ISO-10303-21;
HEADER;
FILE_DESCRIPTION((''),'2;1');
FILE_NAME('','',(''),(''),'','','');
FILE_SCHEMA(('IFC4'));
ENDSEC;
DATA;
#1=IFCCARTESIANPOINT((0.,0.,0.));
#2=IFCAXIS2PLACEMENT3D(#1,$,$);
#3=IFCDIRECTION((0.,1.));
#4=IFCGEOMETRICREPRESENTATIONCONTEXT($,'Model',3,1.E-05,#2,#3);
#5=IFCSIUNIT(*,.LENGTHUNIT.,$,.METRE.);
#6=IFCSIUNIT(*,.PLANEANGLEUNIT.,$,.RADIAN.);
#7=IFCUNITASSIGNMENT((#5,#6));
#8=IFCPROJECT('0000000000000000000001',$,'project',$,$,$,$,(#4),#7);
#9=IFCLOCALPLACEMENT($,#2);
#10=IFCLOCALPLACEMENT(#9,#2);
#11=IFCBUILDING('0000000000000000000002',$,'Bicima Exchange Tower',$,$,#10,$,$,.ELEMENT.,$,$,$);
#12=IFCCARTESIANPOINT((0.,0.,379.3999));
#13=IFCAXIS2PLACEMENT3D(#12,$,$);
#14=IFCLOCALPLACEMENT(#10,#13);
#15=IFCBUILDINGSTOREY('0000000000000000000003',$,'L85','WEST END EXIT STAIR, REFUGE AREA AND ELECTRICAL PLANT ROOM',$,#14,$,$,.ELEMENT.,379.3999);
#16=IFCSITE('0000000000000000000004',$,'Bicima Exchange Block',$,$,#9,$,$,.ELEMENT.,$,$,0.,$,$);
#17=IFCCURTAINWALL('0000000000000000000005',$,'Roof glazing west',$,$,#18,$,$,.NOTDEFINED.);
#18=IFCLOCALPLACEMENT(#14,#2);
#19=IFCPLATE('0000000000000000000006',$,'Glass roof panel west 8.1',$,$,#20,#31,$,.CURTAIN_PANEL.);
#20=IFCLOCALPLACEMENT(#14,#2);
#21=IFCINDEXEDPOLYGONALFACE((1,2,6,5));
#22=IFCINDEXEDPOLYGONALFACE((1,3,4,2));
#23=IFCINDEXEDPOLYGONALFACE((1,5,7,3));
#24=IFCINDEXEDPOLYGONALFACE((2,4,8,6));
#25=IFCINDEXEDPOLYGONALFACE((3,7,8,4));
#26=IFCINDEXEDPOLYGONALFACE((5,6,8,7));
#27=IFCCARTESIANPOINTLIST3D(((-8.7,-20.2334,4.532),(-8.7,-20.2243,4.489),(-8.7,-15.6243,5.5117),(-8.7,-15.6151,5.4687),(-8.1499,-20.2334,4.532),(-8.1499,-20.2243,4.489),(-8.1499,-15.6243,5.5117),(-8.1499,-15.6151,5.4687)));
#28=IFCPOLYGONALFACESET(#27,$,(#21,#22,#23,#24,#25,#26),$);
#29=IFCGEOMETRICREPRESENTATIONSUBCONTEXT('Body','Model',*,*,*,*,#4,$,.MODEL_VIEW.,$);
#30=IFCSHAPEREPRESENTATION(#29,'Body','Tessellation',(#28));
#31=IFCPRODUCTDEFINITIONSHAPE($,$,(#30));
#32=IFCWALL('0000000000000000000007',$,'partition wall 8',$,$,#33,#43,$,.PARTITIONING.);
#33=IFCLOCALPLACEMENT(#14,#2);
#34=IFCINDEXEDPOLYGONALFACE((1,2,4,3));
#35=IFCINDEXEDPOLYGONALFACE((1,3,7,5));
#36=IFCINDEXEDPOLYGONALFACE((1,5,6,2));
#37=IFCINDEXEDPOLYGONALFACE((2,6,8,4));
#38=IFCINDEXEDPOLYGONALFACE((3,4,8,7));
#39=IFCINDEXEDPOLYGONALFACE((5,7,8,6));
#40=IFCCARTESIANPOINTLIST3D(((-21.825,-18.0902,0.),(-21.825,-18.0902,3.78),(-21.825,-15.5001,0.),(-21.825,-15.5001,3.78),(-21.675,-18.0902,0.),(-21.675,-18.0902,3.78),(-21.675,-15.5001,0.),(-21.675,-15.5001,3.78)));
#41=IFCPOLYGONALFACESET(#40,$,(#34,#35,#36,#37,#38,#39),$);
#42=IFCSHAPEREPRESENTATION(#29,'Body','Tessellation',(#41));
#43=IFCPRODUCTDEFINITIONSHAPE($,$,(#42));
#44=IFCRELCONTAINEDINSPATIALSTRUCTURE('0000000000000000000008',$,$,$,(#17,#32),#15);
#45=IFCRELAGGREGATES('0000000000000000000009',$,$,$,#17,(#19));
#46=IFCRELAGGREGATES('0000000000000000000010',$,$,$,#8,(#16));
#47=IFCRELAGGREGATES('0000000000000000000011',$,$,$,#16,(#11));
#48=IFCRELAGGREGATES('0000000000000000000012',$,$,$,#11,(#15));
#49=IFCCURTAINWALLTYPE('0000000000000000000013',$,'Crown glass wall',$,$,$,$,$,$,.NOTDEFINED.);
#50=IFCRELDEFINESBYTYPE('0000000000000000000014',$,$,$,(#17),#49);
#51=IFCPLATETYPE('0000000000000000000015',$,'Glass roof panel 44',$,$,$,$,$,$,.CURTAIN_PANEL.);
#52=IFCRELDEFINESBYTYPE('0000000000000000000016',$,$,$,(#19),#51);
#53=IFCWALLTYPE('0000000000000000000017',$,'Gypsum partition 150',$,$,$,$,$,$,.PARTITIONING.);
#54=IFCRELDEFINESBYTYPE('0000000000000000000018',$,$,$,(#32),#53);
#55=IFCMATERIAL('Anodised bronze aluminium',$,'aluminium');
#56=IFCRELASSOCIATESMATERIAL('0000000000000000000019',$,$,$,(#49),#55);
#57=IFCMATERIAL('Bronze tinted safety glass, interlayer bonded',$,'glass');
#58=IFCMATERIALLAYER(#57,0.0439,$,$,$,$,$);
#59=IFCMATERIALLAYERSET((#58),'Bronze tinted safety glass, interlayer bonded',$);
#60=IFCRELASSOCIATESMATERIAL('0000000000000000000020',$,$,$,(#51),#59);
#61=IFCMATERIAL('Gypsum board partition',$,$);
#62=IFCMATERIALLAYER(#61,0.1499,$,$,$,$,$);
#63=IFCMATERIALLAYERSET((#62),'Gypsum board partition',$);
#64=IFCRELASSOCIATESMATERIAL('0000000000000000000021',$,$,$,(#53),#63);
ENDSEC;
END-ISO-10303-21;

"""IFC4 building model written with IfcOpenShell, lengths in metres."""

from ifc_helpers import new_model, si_unit, direction, frame, frame_2d, origin, place, context, subcontext, project, spatial, polyline, rectangle, outline, extrude, material, layer, layer_set, type_object, element, aggregate, save


model = new_model("IFC4")

# Units and contexts
model_context = context("Model", 3, precision=1e-05, world=origin(), true_north=direction((0.0, 1.0)))
body_context = subcontext(model_context, "Body", "Model", "MODEL_VIEW")
ifc_project = project(units=[si_unit("LENGTHUNIT", "METRE"), si_unit("PLANEANGLEUNIT", "RADIAN")], contexts=[model_context])

# Site, building, storey
site_placement = place(None, origin())
site = spatial("IfcSite", under=ifc_project, at=site_placement, Name="Bicima Exchange Block", CompositionType="ELEMENT", RefElevation=0.0)
building_placement = place(site_placement, origin())
building = spatial("IfcBuilding", under=site, at=building_placement, Name="Bicima Exchange Tower", CompositionType="ELEMENT")
storey_placement = place(building_placement, frame((0.0, 0.0, 379.3999)))
storey = spatial("IfcBuildingStorey", under=building, at=storey_placement, Name="L85", Description="WEST END EXIT STAIR, REFUGE AREA AND ELECTRICAL PLANT ROOM", CompositionType="ELEMENT", Elevation=379.3999)

# Shared definitions
ifc_material_1 = material(Name="Anodised bronze aluminium", Category="aluminium")
curtain_wall_type = type_object("IfcCurtainWallType", Name="Crown glass wall", PredefinedType="NOTDEFINED", material=ifc_material_1)

# Curtain wall
curtain_wall_1_placement = place(storey_placement, origin())
curtain_wall_1 = element("IfcCurtainWall", 1, at=curtain_wall_1_placement, inside=storey, type_object=curtain_wall_type, Name="Roof glazing west", PredefinedType="NOTDEFINED")

# Shared definitions
ifc_material_2 = material(Name="Bronze tinted safety glass, interlayer bonded", Category="glass")
ifc_layer_1 = layer(ifc_material_2, 0.0439)
ifc_layer_set_1 = layer_set([ifc_layer_1], Name="Bronze tinted safety glass, interlayer bonded")
plate_type_1 = type_object("IfcPlateType", Name="Glass roof panel 44", PredefinedType="CURTAIN_PANEL", material=ifc_layer_set_1)

# Plate
plate_1_placement = place(storey_placement, frame((-8.7, -20.2334, 4.532), z_axis=(0.0, -0.207919, 0.978146), x_axis=(0.0, 0.978146, 0.207919)))
plate_1 = element("IfcPlate", 2, at=plate_1_placement, type_object=plate_type_1, Name="Glass roof panel west 8.1", PredefinedType="CURTAIN_PANEL", context=body_context, shape_type="SweptSolid", body=[
    extrude(outline(polyline([(0.0, 0.0), (4.7121, 0.0), (4.7121, -0.55), (0.0, -0.55), (0.0, 0.0)])), origin(), (0.0, 0.0, -1.0), 0.0439),
])
aggregate(curtain_wall_1, [plate_1])

# Wall
ifc_material_3 = material(Name="Gypsum board partition")
ifc_layer_2 = layer(ifc_material_3, 0.1499)
ifc_layer_set_2 = layer_set([ifc_layer_2], Name="Gypsum board partition")
wall_type = type_object("IfcWallType", Name="Gypsum partition 150", PredefinedType="PARTITIONING", material=ifc_layer_set_2)
wall_placement = place(storey_placement, frame((-21.75, -18.0901, 0.0), z_axis=(0.0, 0.0, 1.0), x_axis=(0.0, 1.0, 0.0)))
element("IfcWall", 3, at=wall_placement, inside=storey, type_object=wall_type, Name="partition wall 8", PredefinedType="PARTITIONING", context=body_context, shape_type="SweptSolid", body=[
    extrude(rectangle(XDim=2.5901, YDim=0.1499, at=frame_2d((1.2949, 0.0))), origin(), (0.0, 0.0, 1.0), 3.78),
])

save(model, "model.ifc")
